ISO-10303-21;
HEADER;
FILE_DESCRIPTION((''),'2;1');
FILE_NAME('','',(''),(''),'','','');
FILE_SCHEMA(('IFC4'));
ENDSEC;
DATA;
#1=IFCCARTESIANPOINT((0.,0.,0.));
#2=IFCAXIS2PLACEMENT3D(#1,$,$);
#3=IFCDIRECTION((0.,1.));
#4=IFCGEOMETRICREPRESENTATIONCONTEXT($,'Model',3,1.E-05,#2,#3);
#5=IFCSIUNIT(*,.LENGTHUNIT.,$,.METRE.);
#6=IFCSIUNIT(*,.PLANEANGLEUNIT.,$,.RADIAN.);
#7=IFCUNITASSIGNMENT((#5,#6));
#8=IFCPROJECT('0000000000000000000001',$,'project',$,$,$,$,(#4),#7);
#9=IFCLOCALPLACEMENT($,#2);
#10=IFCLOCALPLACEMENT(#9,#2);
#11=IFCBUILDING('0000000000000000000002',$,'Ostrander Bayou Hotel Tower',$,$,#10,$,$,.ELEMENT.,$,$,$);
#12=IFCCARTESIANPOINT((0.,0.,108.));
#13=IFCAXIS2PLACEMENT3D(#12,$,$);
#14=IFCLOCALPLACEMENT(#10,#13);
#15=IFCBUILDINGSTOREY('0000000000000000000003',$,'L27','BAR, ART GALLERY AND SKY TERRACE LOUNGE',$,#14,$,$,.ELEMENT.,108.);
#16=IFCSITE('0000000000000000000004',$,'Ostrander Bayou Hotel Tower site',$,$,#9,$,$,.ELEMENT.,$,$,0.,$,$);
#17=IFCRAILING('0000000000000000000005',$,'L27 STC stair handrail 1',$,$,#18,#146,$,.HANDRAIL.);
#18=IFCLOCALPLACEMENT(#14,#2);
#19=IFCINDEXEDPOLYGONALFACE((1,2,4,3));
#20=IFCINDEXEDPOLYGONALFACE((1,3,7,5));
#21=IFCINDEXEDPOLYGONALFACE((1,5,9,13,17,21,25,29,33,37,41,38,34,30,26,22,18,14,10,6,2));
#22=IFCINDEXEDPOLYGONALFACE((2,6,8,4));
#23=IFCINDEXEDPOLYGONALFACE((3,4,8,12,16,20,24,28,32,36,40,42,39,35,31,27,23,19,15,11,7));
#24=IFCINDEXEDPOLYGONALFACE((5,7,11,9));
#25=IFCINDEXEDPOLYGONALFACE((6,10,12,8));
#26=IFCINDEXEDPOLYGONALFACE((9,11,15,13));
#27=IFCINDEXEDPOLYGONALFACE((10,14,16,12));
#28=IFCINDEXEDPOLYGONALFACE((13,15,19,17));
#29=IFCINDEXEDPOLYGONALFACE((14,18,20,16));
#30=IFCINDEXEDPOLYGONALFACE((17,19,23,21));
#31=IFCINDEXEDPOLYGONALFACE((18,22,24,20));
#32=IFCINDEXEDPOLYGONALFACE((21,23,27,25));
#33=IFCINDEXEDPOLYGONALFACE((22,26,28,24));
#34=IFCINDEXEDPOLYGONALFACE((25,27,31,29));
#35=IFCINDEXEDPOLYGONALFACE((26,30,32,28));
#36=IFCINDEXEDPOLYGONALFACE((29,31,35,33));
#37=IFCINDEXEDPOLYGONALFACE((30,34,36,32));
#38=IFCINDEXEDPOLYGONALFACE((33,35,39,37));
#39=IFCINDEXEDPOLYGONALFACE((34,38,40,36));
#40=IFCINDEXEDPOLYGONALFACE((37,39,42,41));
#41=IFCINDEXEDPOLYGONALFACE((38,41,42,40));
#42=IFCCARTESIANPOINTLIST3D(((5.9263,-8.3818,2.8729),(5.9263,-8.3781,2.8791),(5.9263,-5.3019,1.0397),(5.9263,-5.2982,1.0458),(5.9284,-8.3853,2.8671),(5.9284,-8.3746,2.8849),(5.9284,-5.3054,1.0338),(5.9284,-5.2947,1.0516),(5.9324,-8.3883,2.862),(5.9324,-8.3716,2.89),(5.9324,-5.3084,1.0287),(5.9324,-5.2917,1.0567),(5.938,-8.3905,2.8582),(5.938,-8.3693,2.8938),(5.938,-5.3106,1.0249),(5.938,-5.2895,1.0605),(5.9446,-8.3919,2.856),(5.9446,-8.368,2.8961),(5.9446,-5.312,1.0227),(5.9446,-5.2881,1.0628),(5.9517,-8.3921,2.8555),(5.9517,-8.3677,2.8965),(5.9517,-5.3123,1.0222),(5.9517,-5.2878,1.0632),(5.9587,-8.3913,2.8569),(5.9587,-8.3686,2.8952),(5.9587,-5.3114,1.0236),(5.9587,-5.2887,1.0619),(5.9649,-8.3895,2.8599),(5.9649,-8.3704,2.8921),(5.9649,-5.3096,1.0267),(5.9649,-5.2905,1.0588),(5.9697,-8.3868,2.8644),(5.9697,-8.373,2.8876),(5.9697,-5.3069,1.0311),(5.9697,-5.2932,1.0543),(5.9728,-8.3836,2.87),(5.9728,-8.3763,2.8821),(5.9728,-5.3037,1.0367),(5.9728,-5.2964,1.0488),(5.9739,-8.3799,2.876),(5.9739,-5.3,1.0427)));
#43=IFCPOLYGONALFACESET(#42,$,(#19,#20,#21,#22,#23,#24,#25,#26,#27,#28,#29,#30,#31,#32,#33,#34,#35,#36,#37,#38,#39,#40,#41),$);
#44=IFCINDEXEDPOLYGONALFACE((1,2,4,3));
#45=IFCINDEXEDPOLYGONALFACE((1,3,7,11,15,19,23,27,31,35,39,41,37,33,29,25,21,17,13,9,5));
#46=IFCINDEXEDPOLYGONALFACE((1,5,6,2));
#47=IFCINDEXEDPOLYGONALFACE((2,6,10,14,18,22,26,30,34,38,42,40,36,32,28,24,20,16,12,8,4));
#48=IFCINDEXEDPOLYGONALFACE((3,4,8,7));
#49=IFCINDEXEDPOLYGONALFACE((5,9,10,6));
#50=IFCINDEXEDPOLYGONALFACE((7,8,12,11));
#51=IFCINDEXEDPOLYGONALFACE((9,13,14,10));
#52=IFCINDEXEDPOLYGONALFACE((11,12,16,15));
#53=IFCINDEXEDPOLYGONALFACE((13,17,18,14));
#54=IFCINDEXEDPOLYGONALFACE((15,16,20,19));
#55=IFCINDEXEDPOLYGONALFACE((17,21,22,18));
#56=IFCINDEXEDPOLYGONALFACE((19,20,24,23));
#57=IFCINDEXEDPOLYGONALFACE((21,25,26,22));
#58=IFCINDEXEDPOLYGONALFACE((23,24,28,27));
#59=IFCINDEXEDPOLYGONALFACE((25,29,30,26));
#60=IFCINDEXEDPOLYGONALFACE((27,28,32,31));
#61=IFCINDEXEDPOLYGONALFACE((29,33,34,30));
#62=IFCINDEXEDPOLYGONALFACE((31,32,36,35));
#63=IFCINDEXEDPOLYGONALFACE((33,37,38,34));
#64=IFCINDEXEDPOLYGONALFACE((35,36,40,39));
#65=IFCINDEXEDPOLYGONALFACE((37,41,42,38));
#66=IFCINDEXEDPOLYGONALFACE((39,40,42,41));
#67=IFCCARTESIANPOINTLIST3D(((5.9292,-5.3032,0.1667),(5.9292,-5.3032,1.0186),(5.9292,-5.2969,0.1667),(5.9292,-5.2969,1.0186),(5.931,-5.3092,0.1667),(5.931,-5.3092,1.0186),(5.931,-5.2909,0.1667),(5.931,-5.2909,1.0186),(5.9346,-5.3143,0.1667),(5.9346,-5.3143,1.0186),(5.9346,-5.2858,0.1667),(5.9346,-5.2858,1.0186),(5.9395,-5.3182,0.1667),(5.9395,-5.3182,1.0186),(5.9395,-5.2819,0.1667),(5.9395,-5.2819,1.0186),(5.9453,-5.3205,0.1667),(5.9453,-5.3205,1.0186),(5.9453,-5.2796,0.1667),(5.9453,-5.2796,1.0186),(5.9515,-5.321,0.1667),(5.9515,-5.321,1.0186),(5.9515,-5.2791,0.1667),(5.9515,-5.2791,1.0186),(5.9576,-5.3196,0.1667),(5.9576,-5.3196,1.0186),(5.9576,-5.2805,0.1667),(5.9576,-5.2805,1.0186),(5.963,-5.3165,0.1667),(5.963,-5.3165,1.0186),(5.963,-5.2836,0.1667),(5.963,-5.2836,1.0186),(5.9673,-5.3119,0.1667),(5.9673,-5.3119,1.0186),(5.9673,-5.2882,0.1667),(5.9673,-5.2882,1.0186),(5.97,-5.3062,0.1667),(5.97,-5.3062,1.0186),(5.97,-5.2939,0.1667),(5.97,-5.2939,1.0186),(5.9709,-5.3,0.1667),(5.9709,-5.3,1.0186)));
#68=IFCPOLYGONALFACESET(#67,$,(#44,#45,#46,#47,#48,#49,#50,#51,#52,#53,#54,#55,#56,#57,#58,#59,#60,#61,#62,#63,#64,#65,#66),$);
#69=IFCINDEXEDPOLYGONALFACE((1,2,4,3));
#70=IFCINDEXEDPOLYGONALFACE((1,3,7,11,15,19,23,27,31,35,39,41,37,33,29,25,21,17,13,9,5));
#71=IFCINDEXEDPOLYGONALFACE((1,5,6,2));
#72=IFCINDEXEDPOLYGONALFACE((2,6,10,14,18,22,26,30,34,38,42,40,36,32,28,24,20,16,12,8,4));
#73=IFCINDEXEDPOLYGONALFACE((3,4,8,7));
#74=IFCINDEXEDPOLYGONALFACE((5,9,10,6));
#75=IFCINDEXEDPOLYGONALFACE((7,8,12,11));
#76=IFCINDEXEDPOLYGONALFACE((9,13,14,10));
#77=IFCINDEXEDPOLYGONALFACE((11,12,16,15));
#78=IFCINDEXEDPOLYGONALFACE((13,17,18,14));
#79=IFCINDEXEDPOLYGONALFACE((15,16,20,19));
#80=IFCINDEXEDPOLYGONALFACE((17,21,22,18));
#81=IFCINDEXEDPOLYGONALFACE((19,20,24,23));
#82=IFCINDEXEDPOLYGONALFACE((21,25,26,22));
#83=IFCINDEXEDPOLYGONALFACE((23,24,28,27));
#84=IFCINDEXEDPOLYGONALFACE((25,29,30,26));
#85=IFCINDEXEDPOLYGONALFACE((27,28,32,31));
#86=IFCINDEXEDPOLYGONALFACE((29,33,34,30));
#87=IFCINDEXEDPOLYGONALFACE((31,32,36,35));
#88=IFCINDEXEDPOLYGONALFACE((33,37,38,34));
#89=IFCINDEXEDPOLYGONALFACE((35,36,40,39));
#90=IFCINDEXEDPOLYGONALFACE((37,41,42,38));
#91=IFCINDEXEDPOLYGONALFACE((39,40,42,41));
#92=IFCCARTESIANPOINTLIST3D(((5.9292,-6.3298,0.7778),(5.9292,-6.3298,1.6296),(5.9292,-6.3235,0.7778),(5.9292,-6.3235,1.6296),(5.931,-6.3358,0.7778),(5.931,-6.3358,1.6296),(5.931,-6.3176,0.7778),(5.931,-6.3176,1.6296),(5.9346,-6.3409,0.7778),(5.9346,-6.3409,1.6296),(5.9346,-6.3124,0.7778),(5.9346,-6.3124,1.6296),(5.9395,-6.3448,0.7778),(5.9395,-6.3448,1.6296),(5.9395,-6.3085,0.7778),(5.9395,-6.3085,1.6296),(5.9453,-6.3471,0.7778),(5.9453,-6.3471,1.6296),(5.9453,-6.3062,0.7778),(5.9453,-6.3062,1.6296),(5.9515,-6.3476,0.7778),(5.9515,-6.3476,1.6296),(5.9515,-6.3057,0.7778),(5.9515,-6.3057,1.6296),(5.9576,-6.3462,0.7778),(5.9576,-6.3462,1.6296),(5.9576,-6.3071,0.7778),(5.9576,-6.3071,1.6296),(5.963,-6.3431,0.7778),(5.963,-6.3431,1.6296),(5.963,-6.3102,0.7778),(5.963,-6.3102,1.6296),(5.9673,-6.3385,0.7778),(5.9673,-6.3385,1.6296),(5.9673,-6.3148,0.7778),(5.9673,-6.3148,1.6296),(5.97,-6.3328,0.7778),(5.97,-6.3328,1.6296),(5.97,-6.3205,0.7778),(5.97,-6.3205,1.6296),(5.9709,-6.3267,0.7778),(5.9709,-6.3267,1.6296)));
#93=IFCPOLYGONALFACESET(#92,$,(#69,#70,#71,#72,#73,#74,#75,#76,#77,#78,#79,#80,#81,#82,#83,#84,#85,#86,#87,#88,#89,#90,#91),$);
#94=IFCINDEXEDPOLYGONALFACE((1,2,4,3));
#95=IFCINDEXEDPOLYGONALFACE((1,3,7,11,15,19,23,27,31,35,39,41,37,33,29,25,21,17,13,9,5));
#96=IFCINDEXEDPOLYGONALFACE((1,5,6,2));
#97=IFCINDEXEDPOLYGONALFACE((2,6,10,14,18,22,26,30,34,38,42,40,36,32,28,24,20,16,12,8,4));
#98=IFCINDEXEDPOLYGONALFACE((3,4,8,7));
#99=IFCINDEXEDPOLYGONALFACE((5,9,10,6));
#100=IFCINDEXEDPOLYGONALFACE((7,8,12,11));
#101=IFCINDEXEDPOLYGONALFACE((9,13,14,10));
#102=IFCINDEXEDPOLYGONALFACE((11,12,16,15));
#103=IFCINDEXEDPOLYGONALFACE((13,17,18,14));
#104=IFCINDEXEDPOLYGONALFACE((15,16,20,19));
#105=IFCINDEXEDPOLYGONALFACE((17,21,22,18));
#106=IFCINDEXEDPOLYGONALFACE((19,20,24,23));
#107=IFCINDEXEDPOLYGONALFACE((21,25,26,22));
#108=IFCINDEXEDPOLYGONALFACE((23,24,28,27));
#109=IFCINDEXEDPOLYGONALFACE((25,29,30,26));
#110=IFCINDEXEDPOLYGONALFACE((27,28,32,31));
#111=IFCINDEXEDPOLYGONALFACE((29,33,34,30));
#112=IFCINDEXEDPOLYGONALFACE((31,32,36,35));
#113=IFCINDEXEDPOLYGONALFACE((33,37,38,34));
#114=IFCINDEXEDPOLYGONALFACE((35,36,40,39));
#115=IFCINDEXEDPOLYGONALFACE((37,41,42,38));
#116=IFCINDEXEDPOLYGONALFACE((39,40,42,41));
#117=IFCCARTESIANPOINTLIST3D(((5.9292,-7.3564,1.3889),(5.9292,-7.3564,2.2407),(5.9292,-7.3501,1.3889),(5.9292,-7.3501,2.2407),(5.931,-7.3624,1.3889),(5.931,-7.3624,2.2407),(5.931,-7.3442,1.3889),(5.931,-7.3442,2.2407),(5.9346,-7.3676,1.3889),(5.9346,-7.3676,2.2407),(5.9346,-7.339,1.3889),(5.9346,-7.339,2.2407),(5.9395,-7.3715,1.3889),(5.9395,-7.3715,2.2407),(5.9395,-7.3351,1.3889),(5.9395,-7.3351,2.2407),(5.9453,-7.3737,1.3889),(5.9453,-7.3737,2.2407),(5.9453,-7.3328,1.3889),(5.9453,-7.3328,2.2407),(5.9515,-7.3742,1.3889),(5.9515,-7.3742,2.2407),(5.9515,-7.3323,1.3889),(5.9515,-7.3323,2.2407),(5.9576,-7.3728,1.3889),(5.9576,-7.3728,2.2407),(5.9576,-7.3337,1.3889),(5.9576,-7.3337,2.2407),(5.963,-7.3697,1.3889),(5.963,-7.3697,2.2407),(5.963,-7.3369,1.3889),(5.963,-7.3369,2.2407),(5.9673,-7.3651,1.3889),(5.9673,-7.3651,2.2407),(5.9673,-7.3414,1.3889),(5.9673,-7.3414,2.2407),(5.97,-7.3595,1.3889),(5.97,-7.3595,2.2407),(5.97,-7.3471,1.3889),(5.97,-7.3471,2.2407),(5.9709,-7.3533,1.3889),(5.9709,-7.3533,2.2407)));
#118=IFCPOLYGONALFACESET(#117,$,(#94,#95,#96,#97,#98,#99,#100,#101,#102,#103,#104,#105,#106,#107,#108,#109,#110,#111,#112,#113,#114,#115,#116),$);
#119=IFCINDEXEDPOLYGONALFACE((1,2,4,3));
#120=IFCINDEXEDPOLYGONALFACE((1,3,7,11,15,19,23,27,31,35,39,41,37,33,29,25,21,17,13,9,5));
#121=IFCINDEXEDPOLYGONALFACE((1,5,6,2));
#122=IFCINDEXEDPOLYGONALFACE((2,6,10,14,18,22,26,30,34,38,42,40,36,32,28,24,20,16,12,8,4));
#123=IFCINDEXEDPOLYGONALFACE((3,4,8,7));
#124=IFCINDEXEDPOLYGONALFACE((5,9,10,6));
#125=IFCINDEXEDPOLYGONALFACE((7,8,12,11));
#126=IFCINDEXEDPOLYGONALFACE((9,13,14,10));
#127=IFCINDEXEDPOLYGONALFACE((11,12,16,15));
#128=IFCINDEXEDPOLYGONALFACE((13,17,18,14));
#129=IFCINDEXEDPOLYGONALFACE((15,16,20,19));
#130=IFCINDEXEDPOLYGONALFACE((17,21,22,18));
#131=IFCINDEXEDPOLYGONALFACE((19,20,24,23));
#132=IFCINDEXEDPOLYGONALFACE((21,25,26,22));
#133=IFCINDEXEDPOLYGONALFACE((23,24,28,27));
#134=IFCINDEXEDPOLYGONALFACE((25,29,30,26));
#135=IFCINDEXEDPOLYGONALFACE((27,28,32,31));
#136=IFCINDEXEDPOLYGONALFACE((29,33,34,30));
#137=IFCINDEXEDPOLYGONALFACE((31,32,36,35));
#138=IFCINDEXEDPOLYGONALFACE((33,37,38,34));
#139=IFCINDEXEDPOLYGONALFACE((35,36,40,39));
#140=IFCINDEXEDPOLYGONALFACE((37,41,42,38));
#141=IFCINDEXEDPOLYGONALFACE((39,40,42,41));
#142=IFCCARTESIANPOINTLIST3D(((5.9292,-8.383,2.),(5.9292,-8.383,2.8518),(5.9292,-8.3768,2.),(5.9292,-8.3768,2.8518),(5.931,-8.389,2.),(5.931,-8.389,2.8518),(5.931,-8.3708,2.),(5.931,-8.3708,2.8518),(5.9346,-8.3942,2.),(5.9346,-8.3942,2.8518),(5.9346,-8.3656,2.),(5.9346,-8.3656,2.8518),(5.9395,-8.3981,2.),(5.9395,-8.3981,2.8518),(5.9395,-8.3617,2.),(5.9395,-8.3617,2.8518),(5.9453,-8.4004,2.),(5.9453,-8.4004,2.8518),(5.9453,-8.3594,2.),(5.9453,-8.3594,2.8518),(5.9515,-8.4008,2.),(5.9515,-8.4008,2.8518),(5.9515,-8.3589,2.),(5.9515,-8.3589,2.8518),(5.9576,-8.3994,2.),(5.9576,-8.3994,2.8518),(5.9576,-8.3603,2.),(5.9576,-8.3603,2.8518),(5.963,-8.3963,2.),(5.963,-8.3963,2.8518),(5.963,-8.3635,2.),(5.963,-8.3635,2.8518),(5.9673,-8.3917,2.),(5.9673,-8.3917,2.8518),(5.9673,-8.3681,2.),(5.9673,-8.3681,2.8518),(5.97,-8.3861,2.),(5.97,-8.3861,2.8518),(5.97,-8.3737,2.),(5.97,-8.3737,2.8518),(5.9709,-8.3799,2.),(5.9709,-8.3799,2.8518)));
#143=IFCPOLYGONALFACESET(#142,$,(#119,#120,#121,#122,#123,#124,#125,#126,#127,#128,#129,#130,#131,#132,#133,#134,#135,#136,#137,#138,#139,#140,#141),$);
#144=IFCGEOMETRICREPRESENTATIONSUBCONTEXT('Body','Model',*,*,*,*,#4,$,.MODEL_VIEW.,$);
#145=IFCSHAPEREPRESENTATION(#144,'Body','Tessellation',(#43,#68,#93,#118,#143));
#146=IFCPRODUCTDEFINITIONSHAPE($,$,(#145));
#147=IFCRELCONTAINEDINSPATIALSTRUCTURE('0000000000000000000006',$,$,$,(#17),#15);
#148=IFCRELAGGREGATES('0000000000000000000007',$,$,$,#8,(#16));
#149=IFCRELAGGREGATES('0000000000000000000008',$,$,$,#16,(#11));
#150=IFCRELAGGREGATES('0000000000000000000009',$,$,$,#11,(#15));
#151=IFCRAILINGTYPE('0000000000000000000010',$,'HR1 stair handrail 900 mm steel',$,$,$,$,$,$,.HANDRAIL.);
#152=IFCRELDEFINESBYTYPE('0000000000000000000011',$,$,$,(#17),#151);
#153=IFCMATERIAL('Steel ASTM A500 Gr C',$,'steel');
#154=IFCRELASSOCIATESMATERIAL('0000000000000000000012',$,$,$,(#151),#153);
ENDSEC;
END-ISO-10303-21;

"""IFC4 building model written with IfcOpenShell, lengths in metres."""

from ifc_helpers import new_model, si_unit, direction, frame, origin, origin_2d, place, context, subcontext, project, spatial, circle, extrude, material, type_object, element, save


model = new_model("IFC4")

# Units and contexts
model_context = context("Model", 3, precision=1e-05, world=origin(), true_north=direction((0.0, 1.0)))
body_context = subcontext(model_context, "Body", "Model", "MODEL_VIEW")
ifc_project = project(units=[si_unit("LENGTHUNIT", "METRE"), si_unit("PLANEANGLEUNIT", "RADIAN")], contexts=[model_context])

# Site, building, storey
site_placement = place(None, origin())
site = spatial("IfcSite", under=ifc_project, at=site_placement, Name="Ostrander Bayou Hotel Tower site", CompositionType="ELEMENT", RefElevation=0.0)
building_placement = place(site_placement, origin())
building = spatial("IfcBuilding", under=site, at=building_placement, Name="Ostrander Bayou Hotel Tower", CompositionType="ELEMENT")
storey_placement = place(building_placement, frame((0.0, 0.0, 108.0)))
storey = spatial("IfcBuildingStorey", under=building, at=storey_placement, Name="L27", Description="BAR, ART GALLERY AND SKY TERRACE LOUNGE", CompositionType="ELEMENT", Elevation=108.0)

# Railing
ifc_material_1 = material(Name="Steel ASTM A500 Gr C", Category="steel")
railing_type_1 = type_object("IfcRailingType", Name="HR1 stair handrail 900 mm steel", PredefinedType="HANDRAIL", material=ifc_material_1)
for number, where, name in (
    (1, (5.95, -5.3, 0.1667), "L27 STC stair handrail 1"),
):
    element("IfcRailing", number, at=place(storey_placement, frame(where)), inside=storey, type_object=railing_type_1, Name=name, PredefinedType="HANDRAIL", context=body_context, shape_type="SweptSolid", body=[
        extrude(circle(Radius=0.0239, at=origin_2d()), frame((0.0, 0.0, 0.876), z_axis=(0.0, -0.859291, 0.511487), x_axis=(1.0, 0.0, 0.0)), (0.0, 0.0, 1.0), 3.5842),
        extrude(circle(Radius=0.021, at=origin_2d()), origin(), (0.0, 0.0, 1.0), 0.8518),
        extrude(circle(Radius=0.021, at=origin_2d()), frame((0.0, -1.0266, 0.6111)), (0.0, 0.0, 1.0), 0.8518),
        extrude(circle(Radius=0.021, at=origin_2d()), frame((0.0, -2.0532, 1.2222)), (0.0, 0.0, 1.0), 0.8518),
        extrude(circle(Radius=0.021, at=origin_2d()), frame((0.0, -3.0798, 1.8333)), (0.0, 0.0, 1.0), 0.8518),
    ])

save(model, "model.ifc")
